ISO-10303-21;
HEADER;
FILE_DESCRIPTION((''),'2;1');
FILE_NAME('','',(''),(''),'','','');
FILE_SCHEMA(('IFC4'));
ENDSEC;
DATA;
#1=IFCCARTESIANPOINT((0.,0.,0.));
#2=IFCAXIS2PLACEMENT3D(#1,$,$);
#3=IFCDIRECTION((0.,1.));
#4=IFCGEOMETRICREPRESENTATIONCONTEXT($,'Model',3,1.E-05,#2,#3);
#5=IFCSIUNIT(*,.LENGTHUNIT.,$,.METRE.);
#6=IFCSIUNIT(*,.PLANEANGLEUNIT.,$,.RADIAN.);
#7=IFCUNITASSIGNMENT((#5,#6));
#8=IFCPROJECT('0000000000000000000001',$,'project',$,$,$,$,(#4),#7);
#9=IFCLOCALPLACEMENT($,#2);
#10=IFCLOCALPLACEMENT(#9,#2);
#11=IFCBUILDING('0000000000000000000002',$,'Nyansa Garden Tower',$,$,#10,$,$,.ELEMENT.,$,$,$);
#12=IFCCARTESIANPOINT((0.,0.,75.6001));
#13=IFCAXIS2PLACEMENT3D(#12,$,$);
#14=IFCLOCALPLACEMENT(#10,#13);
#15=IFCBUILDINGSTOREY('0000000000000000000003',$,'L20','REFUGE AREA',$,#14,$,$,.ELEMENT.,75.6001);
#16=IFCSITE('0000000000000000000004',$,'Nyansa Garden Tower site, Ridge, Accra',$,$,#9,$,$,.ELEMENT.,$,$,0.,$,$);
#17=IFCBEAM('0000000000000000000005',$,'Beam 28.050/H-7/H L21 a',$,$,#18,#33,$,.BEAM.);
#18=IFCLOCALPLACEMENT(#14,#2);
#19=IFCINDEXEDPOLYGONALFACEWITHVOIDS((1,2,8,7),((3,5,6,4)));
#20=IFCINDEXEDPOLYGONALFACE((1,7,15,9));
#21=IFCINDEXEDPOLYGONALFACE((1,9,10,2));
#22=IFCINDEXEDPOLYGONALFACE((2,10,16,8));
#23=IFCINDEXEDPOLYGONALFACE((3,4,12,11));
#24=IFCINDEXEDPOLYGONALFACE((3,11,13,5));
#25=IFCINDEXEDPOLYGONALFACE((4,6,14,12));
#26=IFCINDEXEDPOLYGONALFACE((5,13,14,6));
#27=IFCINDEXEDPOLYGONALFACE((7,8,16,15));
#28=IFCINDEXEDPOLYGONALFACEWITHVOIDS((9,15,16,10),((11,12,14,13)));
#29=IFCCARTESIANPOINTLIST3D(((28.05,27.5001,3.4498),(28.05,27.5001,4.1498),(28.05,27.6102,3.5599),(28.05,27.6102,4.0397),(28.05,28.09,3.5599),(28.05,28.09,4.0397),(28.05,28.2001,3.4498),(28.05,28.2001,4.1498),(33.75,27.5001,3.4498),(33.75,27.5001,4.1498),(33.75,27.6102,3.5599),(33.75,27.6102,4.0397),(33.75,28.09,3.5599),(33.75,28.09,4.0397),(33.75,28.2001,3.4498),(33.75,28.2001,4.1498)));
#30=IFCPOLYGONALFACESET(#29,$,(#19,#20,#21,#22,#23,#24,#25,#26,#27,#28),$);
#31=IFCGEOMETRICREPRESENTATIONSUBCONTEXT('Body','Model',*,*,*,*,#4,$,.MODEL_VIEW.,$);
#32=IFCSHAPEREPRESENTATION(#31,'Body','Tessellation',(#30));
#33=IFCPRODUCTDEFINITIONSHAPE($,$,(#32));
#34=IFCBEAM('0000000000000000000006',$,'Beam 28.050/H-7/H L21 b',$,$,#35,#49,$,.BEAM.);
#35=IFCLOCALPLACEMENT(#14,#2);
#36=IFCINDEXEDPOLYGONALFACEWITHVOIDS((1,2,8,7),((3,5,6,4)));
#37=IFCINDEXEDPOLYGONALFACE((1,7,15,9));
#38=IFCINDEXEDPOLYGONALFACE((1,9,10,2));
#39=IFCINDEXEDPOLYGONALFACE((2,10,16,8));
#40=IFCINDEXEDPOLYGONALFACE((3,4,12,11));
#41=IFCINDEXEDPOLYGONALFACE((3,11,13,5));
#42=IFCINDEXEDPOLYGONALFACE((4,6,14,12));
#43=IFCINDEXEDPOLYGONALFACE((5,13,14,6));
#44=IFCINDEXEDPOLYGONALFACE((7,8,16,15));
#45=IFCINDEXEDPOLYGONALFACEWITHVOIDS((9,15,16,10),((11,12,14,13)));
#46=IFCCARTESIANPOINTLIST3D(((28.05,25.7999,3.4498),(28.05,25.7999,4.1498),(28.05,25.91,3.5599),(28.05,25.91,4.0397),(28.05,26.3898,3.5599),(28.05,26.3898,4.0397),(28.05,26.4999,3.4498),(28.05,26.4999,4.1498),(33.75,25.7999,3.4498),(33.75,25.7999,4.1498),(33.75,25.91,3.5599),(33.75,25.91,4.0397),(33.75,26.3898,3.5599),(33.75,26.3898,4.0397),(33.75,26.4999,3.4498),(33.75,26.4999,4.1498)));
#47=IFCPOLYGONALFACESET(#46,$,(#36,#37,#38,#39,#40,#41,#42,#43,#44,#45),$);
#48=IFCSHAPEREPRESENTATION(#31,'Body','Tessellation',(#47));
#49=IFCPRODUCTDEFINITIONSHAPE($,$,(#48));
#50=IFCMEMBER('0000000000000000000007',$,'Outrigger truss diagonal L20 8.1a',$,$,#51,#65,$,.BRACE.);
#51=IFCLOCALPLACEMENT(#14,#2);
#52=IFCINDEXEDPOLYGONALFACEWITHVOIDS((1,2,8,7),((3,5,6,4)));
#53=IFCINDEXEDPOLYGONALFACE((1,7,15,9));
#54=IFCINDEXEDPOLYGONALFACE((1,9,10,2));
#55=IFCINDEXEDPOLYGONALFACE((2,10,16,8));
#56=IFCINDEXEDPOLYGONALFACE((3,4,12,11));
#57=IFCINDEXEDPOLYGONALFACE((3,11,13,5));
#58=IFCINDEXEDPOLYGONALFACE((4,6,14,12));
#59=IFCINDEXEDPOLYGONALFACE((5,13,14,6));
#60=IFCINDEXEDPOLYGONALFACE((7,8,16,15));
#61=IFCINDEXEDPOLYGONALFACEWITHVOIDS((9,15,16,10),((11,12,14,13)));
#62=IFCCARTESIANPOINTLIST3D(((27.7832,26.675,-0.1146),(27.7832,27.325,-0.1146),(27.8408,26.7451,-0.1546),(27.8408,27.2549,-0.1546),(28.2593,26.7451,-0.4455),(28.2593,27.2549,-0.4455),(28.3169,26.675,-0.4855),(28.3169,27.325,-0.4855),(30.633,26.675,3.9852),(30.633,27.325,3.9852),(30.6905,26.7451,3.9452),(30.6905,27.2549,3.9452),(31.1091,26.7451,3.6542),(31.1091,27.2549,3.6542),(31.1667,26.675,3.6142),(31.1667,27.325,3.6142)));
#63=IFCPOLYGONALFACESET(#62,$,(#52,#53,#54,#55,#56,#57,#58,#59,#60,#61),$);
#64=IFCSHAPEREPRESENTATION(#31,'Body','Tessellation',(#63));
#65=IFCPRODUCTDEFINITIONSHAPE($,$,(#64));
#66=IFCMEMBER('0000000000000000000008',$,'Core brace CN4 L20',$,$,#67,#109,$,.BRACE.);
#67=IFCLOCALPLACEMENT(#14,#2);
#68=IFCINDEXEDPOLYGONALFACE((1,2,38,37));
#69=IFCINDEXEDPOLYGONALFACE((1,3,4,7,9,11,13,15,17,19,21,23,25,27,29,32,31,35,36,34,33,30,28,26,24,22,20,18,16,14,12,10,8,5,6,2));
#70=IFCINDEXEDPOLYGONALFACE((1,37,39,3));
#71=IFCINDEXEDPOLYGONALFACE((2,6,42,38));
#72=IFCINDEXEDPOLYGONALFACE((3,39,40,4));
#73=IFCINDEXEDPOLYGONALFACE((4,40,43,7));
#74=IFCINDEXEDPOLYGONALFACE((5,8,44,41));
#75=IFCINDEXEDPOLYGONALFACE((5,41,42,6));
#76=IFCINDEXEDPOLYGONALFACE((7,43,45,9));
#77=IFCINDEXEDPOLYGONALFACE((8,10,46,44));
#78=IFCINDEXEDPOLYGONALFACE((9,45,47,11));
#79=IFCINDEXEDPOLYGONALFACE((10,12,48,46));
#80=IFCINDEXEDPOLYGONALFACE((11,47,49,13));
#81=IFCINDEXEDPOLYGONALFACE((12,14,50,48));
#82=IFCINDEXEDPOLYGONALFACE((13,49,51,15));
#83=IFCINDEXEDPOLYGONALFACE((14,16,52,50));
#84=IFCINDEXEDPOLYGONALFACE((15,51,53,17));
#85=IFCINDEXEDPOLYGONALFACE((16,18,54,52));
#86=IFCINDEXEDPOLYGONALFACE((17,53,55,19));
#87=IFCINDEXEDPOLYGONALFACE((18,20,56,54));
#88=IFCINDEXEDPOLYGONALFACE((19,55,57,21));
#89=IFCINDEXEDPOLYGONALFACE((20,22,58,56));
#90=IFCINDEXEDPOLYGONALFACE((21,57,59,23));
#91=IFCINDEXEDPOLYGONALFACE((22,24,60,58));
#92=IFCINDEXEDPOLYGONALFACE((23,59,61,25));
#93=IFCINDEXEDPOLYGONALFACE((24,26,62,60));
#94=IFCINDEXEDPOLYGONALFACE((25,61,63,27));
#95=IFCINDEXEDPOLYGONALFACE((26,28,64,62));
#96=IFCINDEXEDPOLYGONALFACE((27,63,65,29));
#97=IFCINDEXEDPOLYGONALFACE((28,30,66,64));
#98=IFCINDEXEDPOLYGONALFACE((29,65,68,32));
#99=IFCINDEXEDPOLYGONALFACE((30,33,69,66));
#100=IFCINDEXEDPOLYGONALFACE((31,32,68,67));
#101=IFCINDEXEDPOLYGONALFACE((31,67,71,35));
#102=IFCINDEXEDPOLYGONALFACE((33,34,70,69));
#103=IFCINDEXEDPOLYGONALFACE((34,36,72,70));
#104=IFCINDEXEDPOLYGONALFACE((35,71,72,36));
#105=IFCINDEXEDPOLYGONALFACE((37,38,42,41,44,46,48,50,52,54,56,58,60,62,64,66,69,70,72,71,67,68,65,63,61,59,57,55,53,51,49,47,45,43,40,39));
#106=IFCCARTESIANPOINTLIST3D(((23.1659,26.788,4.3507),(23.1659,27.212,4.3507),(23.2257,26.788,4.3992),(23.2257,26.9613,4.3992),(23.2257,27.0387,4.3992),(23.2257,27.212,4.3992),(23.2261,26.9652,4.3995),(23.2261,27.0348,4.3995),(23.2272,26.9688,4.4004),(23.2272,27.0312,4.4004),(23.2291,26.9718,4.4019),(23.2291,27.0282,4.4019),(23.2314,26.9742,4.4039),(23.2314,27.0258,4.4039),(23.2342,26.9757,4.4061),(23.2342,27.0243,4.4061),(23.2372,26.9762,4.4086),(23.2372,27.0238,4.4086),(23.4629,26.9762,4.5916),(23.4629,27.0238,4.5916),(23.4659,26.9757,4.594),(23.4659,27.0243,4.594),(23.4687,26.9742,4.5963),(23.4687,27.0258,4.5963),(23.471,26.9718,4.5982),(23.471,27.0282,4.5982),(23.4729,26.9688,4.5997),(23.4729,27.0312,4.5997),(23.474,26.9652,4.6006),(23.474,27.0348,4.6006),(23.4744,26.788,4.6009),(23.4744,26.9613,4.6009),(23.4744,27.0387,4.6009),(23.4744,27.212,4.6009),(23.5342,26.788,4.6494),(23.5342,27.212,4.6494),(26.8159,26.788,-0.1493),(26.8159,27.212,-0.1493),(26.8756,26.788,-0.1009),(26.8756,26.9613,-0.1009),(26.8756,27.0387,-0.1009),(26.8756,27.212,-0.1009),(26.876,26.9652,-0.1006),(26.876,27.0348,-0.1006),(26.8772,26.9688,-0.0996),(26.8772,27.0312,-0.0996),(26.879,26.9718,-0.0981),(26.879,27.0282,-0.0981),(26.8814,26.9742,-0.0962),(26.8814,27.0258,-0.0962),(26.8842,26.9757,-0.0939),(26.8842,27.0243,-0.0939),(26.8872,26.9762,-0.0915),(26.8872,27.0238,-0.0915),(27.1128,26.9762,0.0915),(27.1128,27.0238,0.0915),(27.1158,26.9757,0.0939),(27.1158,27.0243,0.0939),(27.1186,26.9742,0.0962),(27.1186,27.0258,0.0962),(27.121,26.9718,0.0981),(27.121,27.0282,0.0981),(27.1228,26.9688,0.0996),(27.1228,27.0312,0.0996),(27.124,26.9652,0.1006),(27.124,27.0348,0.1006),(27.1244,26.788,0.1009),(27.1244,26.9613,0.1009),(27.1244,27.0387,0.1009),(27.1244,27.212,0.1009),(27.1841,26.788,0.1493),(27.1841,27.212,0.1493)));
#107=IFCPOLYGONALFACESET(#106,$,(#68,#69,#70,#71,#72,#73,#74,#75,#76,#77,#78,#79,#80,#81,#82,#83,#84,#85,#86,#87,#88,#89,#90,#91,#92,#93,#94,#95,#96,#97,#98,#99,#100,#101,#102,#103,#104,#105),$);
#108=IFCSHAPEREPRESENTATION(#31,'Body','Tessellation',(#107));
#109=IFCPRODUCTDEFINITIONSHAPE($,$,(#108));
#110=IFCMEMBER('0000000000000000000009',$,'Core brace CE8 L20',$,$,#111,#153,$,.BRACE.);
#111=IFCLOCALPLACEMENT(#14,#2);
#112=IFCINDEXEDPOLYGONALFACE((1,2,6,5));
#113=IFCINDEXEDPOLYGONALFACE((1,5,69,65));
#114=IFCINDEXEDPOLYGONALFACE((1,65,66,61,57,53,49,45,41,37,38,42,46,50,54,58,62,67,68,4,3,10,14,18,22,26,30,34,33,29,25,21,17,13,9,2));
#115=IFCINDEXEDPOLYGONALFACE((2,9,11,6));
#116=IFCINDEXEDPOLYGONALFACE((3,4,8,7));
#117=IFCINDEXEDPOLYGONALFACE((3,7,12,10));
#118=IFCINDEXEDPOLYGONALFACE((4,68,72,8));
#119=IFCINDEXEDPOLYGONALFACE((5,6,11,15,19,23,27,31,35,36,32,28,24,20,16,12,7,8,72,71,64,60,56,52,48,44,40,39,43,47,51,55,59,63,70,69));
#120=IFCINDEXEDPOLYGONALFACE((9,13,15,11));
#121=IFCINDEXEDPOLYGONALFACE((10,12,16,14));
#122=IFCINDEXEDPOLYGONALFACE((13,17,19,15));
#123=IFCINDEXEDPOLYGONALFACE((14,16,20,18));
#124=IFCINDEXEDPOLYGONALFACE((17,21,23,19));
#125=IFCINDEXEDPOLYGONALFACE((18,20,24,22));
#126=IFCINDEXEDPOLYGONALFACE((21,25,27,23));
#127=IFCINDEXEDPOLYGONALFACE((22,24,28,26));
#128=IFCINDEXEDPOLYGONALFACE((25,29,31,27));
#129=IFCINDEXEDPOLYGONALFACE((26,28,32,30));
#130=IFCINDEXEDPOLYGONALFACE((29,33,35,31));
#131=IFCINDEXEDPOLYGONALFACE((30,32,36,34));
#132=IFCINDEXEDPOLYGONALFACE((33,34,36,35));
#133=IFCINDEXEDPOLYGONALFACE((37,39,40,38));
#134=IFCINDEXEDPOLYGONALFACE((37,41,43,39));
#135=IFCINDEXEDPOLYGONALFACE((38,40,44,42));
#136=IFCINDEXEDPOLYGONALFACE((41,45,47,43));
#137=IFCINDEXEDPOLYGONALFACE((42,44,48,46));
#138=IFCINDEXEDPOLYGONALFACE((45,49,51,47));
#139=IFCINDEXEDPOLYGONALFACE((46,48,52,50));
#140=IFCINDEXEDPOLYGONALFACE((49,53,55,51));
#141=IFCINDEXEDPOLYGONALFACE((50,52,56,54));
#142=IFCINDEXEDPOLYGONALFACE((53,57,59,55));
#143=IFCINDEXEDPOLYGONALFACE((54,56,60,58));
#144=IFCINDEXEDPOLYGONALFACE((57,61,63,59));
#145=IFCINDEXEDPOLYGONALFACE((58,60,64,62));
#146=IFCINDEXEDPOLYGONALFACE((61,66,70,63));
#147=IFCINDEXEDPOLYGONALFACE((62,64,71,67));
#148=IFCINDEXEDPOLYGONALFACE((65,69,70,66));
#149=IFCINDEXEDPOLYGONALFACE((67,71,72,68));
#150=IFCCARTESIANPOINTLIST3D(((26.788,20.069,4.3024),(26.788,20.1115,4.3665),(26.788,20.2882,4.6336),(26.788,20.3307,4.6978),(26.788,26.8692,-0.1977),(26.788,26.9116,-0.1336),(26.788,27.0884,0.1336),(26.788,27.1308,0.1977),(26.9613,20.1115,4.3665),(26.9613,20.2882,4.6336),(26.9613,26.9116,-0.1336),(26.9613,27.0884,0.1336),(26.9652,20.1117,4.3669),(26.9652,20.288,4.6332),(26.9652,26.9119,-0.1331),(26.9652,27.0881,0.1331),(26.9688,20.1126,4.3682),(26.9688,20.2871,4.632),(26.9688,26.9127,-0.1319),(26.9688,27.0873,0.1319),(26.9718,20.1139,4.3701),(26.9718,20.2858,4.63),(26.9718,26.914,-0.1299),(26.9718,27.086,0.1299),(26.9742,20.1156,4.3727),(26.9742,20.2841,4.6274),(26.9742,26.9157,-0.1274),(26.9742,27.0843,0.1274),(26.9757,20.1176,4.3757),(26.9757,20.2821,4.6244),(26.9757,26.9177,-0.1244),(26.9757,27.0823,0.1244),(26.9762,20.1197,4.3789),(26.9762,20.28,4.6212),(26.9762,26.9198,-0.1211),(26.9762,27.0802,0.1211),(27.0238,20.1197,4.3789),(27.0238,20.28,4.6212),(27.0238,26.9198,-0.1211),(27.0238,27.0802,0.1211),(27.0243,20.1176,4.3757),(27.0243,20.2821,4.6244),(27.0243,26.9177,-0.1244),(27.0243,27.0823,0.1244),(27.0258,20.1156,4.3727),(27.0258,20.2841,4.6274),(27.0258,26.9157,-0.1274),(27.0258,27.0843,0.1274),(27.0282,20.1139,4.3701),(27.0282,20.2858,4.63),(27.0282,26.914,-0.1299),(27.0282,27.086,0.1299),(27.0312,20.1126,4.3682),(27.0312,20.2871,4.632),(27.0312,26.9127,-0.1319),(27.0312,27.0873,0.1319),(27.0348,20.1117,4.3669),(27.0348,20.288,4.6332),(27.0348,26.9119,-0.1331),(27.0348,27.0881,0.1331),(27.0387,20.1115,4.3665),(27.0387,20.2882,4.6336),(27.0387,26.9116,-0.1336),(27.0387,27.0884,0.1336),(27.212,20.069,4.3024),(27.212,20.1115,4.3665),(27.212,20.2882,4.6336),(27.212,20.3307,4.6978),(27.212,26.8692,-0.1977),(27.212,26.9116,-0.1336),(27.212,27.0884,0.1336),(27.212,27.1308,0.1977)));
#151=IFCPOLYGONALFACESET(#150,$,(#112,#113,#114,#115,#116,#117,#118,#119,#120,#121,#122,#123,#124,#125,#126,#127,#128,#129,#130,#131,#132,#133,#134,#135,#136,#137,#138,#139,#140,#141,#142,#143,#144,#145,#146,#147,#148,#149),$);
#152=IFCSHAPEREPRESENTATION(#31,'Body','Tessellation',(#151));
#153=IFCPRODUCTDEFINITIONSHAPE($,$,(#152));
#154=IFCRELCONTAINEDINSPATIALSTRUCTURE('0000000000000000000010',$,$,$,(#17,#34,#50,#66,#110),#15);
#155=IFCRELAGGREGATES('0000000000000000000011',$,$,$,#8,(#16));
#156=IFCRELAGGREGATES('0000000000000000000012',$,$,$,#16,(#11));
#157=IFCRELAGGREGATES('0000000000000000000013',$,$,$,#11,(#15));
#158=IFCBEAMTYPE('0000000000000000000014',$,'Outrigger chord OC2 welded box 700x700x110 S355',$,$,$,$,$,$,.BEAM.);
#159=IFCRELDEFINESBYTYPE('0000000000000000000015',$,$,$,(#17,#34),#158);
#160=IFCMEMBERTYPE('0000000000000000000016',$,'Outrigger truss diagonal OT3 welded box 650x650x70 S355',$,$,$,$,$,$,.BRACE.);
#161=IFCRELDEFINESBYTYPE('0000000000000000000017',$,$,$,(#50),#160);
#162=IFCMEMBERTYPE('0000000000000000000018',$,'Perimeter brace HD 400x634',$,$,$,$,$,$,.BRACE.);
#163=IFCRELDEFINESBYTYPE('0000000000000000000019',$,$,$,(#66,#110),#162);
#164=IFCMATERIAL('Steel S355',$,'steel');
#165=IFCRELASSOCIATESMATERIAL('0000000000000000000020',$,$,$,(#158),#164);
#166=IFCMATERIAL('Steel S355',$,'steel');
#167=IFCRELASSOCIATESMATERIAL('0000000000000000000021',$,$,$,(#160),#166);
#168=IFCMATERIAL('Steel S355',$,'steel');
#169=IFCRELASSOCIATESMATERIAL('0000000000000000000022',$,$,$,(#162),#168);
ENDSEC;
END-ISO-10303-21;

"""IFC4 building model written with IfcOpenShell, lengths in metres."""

from ifc_helpers import new_model, si_unit, direction, frame, origin, origin_2d, place, context, subcontext, project, spatial, hollow_rectangle, i_section, extrude, material, material_profile, profile_set, type_object, element, save


model = new_model("IFC4")

# Units and contexts
model_context = context("Model", 3, precision=1e-05, world=origin(), true_north=direction((0.0, 1.0)))
body_context = subcontext(model_context, "Body", "Model", "MODEL_VIEW")
ifc_project = project(units=[si_unit("LENGTHUNIT", "METRE"), si_unit("PLANEANGLEUNIT", "RADIAN")], contexts=[model_context])

# Site, building, storey
site_placement = place(None, origin())
site = spatial("IfcSite", under=ifc_project, at=site_placement, Name="Nyansa Garden Tower site, Ridge, Accra", CompositionType="ELEMENT", RefElevation=0.0)
building_placement = place(site_placement, origin())
building = spatial("IfcBuilding", under=site, at=building_placement, Name="Nyansa Garden Tower", CompositionType="ELEMENT")
storey_placement = place(building_placement, frame((0.0, 0.0, 75.6001)))
storey = spatial("IfcBuildingStorey", under=building, at=storey_placement, Name="L20", Description="REFUGE AREA", CompositionType="ELEMENT", Elevation=75.6001)

# Beams
ifc_material_1 = material(Name="Steel S355", Category="steel")
ifc_material_profile_1 = material_profile(ifc_material_1, hollow_rectangle(XDim=0.7, YDim=0.7, WallThickness=0.1101, at=origin_2d()), Name="Welded box 700x700x110")
ifc_profile_set_1 = profile_set([ifc_material_profile_1], Name="Steel S355")
beam_type_1 = type_object("IfcBeamType", Name="Outrigger chord OC2 welded box 700x700x110 S355", PredefinedType="BEAM", material=ifc_profile_set_1)
for number, where, z_axis, x_axis, name in (
    (1, (28.05, 27.8501, 3.7998), (1.0, 0.0, 0.0), (0.0, 1.0, 0.0), "Beam 28.050/H-7/H L21 a"),
    (2, (28.05, 26.1499, 3.7998), (1.0, 0.0, 0.0), (0.0, 1.0, 0.0), "Beam 28.050/H-7/H L21 b"),
):
    element("IfcBeam", number, at=place(storey_placement, frame(where, z_axis=z_axis, x_axis=x_axis)), inside=storey, type_object=beam_type_1, Name=name, PredefinedType="BEAM", context=body_context, shape_type="SweptSolid", body=[
        extrude(hollow_rectangle(XDim=0.7, YDim=0.7, WallThickness=0.1101, at=origin_2d()), origin(), (0.0, 0.0, 1.0), 5.7),
    ])

# Members
ifc_material_2 = material(Name="Steel S355", Category="steel")
ifc_material_profile_2 = material_profile(ifc_material_2, hollow_rectangle(XDim=0.6499, YDim=0.6499, WallThickness=0.0701, at=origin_2d()), Name="Welded box 650x650x70")
ifc_profile_set_2 = profile_set([ifc_material_profile_2], Name="Steel S355")
member_type_1 = type_object("IfcMemberType", Name="Outrigger truss diagonal OT3 welded box 650x650x70 S355", PredefinedType="BRACE", material=ifc_profile_set_2)
member_1_placement = place(storey_placement, frame((28.05, 27.0, -0.3), z_axis=(0.570765, 0.0, 0.821113), x_axis=(0.0, 1.0, 0.0)))
element("IfcMember", 3, at=member_1_placement, inside=storey, type_object=member_type_1, Name="Outrigger truss diagonal L20 8.1a", PredefinedType="BRACE", context=body_context, shape_type="SweptSolid", body=[
    extrude(hollow_rectangle(XDim=0.6499, YDim=0.6499, WallThickness=0.0701, at=origin_2d()), origin(), (0.0, 0.0, 1.0), 4.9929),
])
ifc_material_3 = material(Name="Steel S355", Category="steel")
ifc_material_profile_3 = material_profile(ifc_material_3, i_section(OverallWidth=0.4241, OverallDepth=0.4741, WebThickness=0.0476, FlangeThickness=0.0769, FilletRadius=0.0149, at=origin_2d()), Name="HD 400x634")
ifc_profile_set_3 = profile_set([ifc_material_profile_3], Name="Steel S355")
member_type_2 = type_object("IfcMemberType", Name="Perimeter brace HD 400x634", PredefinedType="BRACE", material=ifc_profile_set_3)
member_2_placement = place(storey_placement, frame((27.0, 27.0, 0.0), z_axis=(-0.629932, 0.0, 0.77665), x_axis=(0.0, -1.0, 0.0)))
element("IfcMember", 4, at=member_2_placement, inside=storey, type_object=member_type_2, Name="Core brace CN4 L20", PredefinedType="BRACE", context=body_context, shape_type="SweptSolid", body=[
    extrude(i_section(OverallWidth=0.4241, OverallDepth=0.4741, WebThickness=0.0476, FlangeThickness=0.0769, FilletRadius=0.0149, at=origin_2d()), origin(), (0.0, 0.0, 1.0), 5.7942),
])
member_3_placement = place(storey_placement, frame((27.0, 27.0, 0.0), z_axis=(0.0, -0.833934, 0.551864), x_axis=(1.0, 0.0, 0.0)))
element("IfcMember", 5, at=member_3_placement, inside=storey, type_object=member_type_2, Name="Core brace CE8 L20", PredefinedType="BRACE", context=body_context, shape_type="SweptSolid", body=[
    extrude(i_section(OverallWidth=0.4241, OverallDepth=0.4741, WebThickness=0.0476, FlangeThickness=0.0769, FilletRadius=0.0149, at=origin_2d()), origin(), (0.0, 0.0, 1.0), 8.1543),
])

save(model, "model.ifc")
